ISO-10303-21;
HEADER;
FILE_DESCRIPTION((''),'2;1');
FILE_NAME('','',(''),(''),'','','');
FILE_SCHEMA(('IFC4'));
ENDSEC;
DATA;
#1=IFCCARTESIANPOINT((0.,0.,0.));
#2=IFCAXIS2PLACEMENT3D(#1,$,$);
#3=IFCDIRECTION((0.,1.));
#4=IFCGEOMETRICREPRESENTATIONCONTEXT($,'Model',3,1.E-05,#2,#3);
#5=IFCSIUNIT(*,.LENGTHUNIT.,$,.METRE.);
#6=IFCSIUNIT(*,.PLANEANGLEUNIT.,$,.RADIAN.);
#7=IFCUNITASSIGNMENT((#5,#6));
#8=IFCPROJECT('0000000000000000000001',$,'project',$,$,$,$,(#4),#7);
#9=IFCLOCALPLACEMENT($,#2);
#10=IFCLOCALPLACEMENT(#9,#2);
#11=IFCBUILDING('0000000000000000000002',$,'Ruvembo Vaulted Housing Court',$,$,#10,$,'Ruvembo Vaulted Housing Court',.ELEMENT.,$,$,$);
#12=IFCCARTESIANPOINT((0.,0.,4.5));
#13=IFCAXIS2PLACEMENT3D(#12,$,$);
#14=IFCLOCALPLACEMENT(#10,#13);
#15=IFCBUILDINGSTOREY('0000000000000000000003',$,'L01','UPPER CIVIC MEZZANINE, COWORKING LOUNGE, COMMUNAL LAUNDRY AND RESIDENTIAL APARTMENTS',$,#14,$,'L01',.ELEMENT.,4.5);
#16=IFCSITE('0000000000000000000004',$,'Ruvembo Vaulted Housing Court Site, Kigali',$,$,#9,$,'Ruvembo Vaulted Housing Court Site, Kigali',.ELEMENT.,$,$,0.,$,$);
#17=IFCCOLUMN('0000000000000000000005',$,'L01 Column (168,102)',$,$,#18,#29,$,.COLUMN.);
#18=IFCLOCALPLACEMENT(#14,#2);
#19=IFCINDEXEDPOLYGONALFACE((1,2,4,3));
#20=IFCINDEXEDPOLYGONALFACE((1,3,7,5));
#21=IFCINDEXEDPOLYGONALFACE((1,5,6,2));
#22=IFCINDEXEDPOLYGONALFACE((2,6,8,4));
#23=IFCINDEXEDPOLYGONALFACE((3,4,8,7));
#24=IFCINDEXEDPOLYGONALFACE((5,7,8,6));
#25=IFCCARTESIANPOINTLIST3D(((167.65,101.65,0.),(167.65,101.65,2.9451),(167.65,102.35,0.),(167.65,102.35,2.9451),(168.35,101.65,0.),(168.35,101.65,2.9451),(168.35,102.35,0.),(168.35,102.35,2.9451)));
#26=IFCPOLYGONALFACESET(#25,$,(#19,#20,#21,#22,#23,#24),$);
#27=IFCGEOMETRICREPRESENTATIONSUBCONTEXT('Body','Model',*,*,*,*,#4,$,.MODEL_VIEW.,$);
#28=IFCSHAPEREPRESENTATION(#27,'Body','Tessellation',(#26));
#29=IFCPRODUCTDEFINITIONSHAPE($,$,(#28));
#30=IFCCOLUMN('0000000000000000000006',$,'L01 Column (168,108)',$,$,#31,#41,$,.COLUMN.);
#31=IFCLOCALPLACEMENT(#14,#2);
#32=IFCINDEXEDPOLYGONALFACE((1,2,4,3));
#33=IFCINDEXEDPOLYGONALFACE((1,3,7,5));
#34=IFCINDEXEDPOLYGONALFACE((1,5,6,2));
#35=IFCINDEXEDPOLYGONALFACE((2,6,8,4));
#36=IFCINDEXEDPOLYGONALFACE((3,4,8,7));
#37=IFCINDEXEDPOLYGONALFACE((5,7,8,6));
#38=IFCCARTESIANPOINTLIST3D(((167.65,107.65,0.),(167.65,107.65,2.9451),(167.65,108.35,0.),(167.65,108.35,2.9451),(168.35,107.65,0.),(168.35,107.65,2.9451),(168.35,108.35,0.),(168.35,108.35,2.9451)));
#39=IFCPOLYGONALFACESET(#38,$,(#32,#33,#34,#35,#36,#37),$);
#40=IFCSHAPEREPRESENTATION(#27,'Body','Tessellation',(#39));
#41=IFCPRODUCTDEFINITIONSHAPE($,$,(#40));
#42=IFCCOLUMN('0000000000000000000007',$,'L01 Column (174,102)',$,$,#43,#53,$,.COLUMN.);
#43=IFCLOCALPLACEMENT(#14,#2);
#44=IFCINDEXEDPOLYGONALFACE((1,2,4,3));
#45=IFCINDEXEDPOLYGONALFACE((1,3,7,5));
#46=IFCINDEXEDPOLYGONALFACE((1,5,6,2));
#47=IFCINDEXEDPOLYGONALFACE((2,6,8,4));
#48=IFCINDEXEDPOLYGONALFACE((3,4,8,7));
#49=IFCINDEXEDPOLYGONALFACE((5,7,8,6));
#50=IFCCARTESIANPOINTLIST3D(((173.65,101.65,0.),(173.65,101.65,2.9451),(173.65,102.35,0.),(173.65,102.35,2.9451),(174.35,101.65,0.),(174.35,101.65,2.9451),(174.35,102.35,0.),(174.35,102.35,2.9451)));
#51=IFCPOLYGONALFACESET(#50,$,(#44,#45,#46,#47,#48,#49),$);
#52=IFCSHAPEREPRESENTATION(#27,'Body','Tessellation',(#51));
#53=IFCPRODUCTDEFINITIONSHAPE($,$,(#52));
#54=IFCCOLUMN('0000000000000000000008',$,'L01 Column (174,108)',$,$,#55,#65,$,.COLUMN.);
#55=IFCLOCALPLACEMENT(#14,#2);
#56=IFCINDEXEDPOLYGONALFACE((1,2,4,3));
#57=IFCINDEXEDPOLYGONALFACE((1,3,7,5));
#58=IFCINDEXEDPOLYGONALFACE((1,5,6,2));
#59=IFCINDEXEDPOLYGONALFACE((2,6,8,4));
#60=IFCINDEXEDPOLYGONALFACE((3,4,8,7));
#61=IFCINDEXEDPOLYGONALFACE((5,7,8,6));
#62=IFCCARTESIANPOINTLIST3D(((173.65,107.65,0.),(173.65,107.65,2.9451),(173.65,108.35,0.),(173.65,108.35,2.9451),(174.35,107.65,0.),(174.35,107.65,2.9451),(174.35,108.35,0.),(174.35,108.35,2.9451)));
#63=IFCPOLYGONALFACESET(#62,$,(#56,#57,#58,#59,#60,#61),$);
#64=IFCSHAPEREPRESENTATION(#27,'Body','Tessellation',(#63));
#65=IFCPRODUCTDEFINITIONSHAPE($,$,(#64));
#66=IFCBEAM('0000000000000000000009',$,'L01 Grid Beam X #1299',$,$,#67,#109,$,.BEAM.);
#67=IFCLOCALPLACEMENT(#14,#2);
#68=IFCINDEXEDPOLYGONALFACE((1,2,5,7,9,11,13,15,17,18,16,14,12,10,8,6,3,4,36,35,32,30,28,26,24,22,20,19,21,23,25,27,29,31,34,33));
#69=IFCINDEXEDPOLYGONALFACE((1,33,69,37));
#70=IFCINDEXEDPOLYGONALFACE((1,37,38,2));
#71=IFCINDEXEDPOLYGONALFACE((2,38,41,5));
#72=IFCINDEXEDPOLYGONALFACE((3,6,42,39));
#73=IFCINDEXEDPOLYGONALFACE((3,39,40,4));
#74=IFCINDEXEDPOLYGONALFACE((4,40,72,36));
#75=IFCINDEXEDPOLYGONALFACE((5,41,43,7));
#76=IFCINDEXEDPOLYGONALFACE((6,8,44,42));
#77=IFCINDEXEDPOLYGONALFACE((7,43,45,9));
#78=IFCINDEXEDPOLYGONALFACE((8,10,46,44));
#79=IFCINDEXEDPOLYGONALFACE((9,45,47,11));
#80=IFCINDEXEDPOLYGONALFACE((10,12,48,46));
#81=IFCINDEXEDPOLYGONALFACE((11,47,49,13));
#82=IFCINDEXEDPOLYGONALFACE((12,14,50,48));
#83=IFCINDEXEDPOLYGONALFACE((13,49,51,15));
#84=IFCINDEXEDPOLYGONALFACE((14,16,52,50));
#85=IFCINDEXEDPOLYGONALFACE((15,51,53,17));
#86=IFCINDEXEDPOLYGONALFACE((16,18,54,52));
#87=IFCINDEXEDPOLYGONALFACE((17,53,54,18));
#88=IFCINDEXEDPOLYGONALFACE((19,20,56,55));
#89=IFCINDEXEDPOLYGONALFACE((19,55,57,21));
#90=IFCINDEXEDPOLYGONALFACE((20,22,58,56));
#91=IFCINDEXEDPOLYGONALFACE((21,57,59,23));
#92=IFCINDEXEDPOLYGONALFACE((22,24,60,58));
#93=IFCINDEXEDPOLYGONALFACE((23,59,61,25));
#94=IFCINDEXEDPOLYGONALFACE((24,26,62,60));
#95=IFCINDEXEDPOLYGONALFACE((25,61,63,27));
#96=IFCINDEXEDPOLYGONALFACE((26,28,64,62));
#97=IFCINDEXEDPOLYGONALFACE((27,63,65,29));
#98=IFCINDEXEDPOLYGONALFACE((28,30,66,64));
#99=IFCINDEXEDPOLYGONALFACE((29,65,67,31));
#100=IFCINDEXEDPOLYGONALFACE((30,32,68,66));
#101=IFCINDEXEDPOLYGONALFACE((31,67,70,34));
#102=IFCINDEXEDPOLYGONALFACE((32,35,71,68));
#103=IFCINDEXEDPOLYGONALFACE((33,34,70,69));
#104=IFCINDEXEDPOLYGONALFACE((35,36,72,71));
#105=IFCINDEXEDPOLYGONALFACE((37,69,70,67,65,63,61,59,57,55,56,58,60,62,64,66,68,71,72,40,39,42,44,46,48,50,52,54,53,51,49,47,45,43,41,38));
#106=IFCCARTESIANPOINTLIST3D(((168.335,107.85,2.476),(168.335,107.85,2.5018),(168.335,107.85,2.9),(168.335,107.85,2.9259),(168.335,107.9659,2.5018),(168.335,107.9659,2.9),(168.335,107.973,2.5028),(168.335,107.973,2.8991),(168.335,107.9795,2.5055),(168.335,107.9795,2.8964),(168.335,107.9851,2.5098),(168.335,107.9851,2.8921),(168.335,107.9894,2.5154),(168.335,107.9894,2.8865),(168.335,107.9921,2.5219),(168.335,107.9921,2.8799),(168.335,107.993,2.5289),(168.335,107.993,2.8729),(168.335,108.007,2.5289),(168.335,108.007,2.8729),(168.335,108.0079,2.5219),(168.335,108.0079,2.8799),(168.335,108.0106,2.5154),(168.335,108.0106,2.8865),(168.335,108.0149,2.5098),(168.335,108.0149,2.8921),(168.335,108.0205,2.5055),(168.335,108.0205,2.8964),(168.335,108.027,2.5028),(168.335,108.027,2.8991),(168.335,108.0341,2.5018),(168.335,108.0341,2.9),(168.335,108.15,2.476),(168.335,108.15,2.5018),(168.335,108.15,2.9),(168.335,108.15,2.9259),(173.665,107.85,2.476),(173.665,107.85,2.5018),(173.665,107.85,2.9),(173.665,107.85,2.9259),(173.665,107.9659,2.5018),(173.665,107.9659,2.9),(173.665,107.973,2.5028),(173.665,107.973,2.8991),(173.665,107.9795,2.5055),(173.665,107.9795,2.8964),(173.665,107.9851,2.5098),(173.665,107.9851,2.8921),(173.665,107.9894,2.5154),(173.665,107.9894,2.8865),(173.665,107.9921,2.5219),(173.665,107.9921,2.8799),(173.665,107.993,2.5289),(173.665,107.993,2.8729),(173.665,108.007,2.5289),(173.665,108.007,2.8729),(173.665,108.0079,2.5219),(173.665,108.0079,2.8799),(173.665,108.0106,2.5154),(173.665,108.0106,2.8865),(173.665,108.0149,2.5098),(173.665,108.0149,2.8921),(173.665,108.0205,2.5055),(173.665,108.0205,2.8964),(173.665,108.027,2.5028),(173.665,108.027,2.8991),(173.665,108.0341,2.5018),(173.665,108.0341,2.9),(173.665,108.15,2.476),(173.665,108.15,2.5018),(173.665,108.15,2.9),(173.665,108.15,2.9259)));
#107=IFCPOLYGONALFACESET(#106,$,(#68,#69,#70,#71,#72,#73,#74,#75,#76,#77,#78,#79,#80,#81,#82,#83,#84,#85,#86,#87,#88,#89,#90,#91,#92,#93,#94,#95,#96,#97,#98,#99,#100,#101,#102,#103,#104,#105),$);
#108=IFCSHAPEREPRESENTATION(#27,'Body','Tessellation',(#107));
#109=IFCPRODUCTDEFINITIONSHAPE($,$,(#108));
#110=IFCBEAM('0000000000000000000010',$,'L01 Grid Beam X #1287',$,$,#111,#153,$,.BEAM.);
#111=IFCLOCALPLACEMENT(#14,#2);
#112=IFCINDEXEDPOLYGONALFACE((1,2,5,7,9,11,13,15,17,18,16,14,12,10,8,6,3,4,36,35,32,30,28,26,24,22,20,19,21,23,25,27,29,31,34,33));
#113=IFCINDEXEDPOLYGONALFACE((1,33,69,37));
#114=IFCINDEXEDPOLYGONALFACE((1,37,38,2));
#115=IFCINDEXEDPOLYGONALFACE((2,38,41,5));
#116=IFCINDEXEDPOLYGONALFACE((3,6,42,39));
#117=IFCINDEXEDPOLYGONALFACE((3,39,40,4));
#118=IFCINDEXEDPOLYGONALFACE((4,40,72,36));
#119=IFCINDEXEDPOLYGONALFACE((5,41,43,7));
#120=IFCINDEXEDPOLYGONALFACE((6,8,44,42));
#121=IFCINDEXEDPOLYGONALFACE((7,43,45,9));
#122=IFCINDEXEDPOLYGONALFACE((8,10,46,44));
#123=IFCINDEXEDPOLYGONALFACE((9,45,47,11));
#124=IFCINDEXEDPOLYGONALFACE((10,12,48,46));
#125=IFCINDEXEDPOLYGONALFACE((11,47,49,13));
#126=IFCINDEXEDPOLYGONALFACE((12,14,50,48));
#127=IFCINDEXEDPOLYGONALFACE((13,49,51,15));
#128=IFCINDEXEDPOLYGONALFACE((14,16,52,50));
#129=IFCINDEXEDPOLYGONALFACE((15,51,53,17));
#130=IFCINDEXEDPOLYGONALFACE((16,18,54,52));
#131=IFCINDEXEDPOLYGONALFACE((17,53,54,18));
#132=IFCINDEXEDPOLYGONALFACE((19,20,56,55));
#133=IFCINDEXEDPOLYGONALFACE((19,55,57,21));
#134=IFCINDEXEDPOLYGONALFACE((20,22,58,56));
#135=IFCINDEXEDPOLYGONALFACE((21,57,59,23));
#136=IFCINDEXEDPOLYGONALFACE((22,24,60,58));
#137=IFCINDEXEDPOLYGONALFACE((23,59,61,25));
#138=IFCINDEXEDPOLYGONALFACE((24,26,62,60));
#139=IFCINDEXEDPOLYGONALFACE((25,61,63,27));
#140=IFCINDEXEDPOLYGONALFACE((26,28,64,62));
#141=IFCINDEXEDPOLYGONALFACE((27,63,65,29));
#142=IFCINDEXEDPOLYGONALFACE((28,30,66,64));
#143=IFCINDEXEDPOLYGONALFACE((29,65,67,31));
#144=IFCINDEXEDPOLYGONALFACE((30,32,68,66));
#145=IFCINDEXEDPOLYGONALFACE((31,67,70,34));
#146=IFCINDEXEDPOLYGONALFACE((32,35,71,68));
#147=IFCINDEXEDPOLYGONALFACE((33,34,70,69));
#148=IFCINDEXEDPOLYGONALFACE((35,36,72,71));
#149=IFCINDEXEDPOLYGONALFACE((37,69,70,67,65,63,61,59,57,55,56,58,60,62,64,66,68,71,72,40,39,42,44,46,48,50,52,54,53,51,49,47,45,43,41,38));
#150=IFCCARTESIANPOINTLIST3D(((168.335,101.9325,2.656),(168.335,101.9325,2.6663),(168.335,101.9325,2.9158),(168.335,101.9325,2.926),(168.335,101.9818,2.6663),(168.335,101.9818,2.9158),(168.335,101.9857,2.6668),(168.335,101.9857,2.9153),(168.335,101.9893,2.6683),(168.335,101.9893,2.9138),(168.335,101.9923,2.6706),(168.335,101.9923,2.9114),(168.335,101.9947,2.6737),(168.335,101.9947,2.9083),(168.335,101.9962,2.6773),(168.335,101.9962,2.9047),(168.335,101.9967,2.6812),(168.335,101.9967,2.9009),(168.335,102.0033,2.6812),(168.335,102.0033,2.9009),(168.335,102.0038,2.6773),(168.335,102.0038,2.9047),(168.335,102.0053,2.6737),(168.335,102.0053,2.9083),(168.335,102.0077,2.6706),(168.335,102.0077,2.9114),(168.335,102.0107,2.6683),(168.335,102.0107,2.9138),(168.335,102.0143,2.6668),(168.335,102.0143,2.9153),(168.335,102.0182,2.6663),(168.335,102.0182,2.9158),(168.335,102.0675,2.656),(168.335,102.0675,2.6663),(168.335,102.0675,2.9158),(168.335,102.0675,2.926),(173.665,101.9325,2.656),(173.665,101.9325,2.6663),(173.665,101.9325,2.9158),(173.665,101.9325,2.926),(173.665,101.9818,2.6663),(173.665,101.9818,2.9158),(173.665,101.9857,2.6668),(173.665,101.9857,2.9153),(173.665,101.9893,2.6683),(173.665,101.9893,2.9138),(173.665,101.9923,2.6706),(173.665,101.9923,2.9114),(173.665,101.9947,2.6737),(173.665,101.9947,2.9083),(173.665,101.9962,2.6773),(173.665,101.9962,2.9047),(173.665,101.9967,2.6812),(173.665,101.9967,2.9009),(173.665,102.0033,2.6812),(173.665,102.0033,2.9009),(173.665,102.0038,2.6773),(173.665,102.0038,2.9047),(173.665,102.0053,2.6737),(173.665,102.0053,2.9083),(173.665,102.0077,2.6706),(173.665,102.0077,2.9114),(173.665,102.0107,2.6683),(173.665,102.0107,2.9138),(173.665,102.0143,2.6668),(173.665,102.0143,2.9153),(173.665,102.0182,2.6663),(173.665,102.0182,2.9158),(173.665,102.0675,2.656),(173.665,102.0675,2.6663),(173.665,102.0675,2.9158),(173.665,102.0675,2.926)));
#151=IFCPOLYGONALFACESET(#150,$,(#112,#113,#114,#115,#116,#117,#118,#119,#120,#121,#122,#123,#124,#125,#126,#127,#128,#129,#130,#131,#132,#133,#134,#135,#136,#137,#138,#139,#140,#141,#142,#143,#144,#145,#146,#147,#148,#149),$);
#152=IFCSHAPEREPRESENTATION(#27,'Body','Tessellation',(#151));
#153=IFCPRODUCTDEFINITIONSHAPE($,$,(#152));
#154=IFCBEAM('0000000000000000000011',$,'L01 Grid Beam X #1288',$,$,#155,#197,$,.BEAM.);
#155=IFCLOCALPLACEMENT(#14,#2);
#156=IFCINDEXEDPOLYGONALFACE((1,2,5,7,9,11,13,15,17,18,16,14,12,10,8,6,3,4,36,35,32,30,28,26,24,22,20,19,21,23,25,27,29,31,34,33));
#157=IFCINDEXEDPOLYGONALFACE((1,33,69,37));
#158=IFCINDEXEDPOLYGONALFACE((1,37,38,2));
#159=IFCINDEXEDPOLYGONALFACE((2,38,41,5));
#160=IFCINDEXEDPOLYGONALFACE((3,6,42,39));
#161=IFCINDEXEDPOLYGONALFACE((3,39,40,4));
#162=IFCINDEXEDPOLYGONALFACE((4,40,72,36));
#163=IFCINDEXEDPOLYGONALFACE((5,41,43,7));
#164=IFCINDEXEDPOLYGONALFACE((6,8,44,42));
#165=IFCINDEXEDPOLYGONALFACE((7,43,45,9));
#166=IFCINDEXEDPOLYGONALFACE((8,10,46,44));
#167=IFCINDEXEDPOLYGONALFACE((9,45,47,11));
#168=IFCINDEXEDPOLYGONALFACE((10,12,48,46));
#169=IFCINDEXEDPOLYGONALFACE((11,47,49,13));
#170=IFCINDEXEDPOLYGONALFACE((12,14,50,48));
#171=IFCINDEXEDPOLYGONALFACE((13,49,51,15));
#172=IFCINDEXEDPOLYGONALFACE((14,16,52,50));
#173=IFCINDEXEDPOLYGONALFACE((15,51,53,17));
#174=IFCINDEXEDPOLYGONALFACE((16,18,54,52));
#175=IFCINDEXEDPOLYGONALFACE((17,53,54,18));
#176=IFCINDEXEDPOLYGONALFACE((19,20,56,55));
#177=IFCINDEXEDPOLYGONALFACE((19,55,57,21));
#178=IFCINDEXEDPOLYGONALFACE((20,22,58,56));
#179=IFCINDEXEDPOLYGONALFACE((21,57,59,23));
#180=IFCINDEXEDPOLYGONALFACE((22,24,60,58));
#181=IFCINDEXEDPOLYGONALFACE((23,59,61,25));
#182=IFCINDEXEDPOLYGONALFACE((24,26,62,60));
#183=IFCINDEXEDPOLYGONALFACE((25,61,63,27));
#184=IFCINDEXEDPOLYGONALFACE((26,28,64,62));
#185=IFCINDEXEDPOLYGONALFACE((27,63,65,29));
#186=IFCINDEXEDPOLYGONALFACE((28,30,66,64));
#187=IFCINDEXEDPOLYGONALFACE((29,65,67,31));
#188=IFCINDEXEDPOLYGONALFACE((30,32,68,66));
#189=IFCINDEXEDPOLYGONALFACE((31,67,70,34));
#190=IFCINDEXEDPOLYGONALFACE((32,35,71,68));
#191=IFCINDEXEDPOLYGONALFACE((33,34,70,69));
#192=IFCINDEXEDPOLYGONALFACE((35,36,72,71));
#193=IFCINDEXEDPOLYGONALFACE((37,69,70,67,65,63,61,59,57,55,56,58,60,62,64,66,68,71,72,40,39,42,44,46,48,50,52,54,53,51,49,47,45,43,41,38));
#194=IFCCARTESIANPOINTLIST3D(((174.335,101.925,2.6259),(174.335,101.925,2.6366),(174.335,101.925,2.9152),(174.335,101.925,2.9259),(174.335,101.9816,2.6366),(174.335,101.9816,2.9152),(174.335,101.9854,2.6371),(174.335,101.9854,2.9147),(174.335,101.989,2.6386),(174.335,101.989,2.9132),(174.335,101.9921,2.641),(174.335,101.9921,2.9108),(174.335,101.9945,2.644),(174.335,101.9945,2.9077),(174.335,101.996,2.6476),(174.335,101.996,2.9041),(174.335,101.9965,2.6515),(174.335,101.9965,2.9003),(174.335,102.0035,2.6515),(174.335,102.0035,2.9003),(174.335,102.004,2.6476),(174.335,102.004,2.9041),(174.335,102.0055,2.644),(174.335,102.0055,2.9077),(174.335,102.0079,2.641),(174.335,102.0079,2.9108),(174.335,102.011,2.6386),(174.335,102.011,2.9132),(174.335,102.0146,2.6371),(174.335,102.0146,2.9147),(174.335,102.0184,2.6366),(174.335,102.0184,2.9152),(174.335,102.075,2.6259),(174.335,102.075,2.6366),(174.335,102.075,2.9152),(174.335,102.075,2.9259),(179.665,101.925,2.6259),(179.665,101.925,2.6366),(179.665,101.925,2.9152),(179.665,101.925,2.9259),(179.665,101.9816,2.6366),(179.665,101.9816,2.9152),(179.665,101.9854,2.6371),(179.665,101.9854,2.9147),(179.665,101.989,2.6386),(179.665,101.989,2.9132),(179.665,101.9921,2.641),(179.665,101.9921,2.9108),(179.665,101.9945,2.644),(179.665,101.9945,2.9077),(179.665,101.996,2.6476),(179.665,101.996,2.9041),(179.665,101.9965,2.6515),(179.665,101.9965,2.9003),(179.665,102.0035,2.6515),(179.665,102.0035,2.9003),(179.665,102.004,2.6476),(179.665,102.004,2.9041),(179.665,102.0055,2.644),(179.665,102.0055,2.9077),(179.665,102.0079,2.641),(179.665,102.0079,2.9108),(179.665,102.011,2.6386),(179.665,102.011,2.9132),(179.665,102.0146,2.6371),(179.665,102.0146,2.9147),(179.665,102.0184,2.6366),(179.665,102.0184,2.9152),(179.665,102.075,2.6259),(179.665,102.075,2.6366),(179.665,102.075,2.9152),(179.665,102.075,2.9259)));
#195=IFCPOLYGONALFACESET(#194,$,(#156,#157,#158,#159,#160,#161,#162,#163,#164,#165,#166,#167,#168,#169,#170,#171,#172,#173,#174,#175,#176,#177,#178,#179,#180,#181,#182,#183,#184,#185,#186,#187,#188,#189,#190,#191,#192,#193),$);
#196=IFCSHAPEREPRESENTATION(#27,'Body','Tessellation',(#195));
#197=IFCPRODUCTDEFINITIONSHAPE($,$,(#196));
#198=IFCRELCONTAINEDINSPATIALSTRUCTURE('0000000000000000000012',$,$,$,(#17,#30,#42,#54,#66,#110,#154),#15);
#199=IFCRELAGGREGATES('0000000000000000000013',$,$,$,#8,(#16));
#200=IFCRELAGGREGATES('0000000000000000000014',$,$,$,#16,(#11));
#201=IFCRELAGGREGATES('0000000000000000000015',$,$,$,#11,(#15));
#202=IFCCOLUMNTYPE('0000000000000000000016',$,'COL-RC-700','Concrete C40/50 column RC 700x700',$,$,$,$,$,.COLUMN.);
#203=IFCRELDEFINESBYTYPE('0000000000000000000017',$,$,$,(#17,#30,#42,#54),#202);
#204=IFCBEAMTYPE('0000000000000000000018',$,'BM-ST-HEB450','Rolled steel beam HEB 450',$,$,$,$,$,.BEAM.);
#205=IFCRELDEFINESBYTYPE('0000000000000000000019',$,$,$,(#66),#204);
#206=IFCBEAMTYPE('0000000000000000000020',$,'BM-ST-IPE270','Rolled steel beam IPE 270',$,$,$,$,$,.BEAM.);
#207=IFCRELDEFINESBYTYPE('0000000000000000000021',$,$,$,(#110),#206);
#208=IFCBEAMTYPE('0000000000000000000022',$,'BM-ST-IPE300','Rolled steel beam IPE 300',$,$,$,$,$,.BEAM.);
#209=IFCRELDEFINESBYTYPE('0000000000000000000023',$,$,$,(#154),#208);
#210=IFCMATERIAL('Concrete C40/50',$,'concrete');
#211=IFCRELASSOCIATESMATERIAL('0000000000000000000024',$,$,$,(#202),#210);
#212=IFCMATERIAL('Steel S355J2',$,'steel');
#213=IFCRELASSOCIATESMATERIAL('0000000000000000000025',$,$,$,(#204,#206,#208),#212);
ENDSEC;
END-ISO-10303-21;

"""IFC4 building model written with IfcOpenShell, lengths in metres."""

from ifc_helpers import new_model, si_unit, direction, frame, origin, origin_2d, place, context, subcontext, project, spatial, rectangle, i_section, extrude, material, material_profile, profile_set, type_object, element, save


model = new_model("IFC4")

# Units and contexts
model_context = context("Model", 3, precision=1e-05, world=origin(), true_north=direction((0.0, 1.0)))
body_context = subcontext(model_context, "Body", "Model", "MODEL_VIEW")
ifc_project = project(units=[si_unit("LENGTHUNIT", "METRE"), si_unit("PLANEANGLEUNIT", "RADIAN")], contexts=[model_context])

# Site, building, storey
site_placement = place(None, origin())
site = spatial("IfcSite", under=ifc_project, at=site_placement, Name="Ruvembo Vaulted Housing Court Site, Kigali", LongName="Ruvembo Vaulted Housing Court Site, Kigali", CompositionType="ELEMENT", RefElevation=0.0)
building_placement = place(site_placement, origin())
building = spatial("IfcBuilding", under=site, at=building_placement, Name="Ruvembo Vaulted Housing Court", LongName="Ruvembo Vaulted Housing Court", CompositionType="ELEMENT")
storey_placement = place(building_placement, frame((0.0, 0.0, 4.5)))
storey = spatial("IfcBuildingStorey", under=building, at=storey_placement, Name="L01", Description="UPPER CIVIC MEZZANINE, COWORKING LOUNGE, COMMUNAL LAUNDRY AND RESIDENTIAL APARTMENTS", LongName="L01", CompositionType="ELEMENT", Elevation=4.5)

# Columns
ifc_material_1 = material(Name="Concrete C40/50", Category="concrete")
ifc_material_profile_1 = material_profile(ifc_material_1, rectangle(XDim=0.7, YDim=0.7, at=origin_2d()), Name="RC 700x700")
ifc_profile_set_1 = profile_set([ifc_material_profile_1], Name="Concrete C40/50")
column_type = type_object("IfcColumnType", Name="COL-RC-700", Description="Concrete C40/50 column RC 700x700", PredefinedType="COLUMN", material=ifc_profile_set_1)
for number, where, z_axis, x_axis, name in (
    (1, (168.0, 102.0, 0.0), (0.0, 0.0, 1.0), (1.0, 0.0, 0.0), "L01 Column (168,102)"),
    (2, (168.0, 108.0, 0.0), (0.0, 0.0, 1.0), (1.0, 0.0, 0.0), "L01 Column (168,108)"),
    (3, (174.0, 102.0, 0.0), (0.0, 0.0, 1.0), (1.0, 0.0, 0.0), "L01 Column (174,102)"),
    (4, (174.0, 108.0, 0.0), (0.0, 0.0, 1.0), (1.0, 0.0, 0.0), "L01 Column (174,108)"),
):
    element("IfcColumn", number, at=place(storey_placement, frame(where, z_axis=z_axis, x_axis=x_axis)), inside=storey, type_object=column_type, Name=name, PredefinedType="COLUMN", context=body_context, shape_type="SweptSolid", body=[
        extrude(rectangle(XDim=0.7, YDim=0.7, at=origin_2d()), origin(), (0.0, 0.0, 1.0), 2.9451),
    ])

# Beams
ifc_material_2 = material(Name="Steel S355J2", Category="steel")
ifc_material_profile_2 = material_profile(ifc_material_2, i_section(OverallWidth=0.3, OverallDepth=0.45, WebThickness=0.0139, FlangeThickness=0.0259, FilletRadius=0.0271, at=origin_2d()), Name="HEB 450")
ifc_profile_set_2 = profile_set([ifc_material_profile_2], Name="Steel S355J2")
beam_type_1 = type_object("IfcBeamType", Name="BM-ST-HEB450", Description="Rolled steel beam HEB 450", PredefinedType="BEAM", material=ifc_profile_set_2)
beam_1_placement = place(storey_placement, frame((168.335, 108.0, 2.7009), z_axis=(1.0, 0.0, 0.0), x_axis=(0.0, 1.0, 0.0)))
element("IfcBeam", 5, at=beam_1_placement, inside=storey, type_object=beam_type_1, Name="L01 Grid Beam X #1299", PredefinedType="BEAM", context=body_context, shape_type="SweptSolid", body=[
    extrude(i_section(OverallWidth=0.3, OverallDepth=0.45, WebThickness=0.0139, FlangeThickness=0.0259, FilletRadius=0.0271, at=origin_2d()), origin(), (0.0, 0.0, 1.0), 5.3301),
])
ifc_material_profile_3 = material_profile(ifc_material_2, i_section(OverallWidth=0.135, OverallDepth=0.27, WebThickness=0.0066, FlangeThickness=0.0103, FilletRadius=0.0149, at=origin_2d()), Name="IPE 270")
ifc_profile_set_3 = profile_set([ifc_material_profile_3], Name="Steel S355J2")
beam_type_2 = type_object("IfcBeamType", Name="BM-ST-IPE270", Description="Rolled steel beam IPE 270", PredefinedType="BEAM", material=ifc_profile_set_3)
beam_2_placement = place(storey_placement, frame((168.335, 102.0, 2.791), z_axis=(1.0, 0.0, 0.0), x_axis=(0.0, 1.0, 0.0)))
element("IfcBeam", 6, at=beam_2_placement, inside=storey, type_object=beam_type_2, Name="L01 Grid Beam X #1287", PredefinedType="BEAM", context=body_context, shape_type="SweptSolid", body=[
    extrude(i_section(OverallWidth=0.135, OverallDepth=0.27, WebThickness=0.0066, FlangeThickness=0.0103, FilletRadius=0.0149, at=origin_2d()), origin(), (0.0, 0.0, 1.0), 5.3301),
])
ifc_material_profile_4 = material_profile(ifc_material_2, i_section(OverallWidth=0.1499, OverallDepth=0.3, WebThickness=0.0071, FlangeThickness=0.0107, FilletRadius=0.0149, at=origin_2d()), Name="IPE 300")
ifc_profile_set_4 = profile_set([ifc_material_profile_4], Name="Steel S355J2")
beam_type_3 = type_object("IfcBeamType", Name="BM-ST-IPE300", Description="Rolled steel beam IPE 300", PredefinedType="BEAM", material=ifc_profile_set_4)
beam_3_placement = place(storey_placement, frame((174.335, 102.0, 2.7759), z_axis=(1.0, 0.0, 0.0), x_axis=(0.0, 1.0, 0.0)))
element("IfcBeam", 7, at=beam_3_placement, inside=storey, type_object=beam_type_3, Name="L01 Grid Beam X #1288", PredefinedType="BEAM", context=body_context, shape_type="SweptSolid", body=[
    extrude(i_section(OverallWidth=0.1499, OverallDepth=0.3, WebThickness=0.0071, FlangeThickness=0.0107, FilletRadius=0.0149, at=origin_2d()), origin(), (0.0, 0.0, 1.0), 5.3301),
])

save(model, "model.ifc")
